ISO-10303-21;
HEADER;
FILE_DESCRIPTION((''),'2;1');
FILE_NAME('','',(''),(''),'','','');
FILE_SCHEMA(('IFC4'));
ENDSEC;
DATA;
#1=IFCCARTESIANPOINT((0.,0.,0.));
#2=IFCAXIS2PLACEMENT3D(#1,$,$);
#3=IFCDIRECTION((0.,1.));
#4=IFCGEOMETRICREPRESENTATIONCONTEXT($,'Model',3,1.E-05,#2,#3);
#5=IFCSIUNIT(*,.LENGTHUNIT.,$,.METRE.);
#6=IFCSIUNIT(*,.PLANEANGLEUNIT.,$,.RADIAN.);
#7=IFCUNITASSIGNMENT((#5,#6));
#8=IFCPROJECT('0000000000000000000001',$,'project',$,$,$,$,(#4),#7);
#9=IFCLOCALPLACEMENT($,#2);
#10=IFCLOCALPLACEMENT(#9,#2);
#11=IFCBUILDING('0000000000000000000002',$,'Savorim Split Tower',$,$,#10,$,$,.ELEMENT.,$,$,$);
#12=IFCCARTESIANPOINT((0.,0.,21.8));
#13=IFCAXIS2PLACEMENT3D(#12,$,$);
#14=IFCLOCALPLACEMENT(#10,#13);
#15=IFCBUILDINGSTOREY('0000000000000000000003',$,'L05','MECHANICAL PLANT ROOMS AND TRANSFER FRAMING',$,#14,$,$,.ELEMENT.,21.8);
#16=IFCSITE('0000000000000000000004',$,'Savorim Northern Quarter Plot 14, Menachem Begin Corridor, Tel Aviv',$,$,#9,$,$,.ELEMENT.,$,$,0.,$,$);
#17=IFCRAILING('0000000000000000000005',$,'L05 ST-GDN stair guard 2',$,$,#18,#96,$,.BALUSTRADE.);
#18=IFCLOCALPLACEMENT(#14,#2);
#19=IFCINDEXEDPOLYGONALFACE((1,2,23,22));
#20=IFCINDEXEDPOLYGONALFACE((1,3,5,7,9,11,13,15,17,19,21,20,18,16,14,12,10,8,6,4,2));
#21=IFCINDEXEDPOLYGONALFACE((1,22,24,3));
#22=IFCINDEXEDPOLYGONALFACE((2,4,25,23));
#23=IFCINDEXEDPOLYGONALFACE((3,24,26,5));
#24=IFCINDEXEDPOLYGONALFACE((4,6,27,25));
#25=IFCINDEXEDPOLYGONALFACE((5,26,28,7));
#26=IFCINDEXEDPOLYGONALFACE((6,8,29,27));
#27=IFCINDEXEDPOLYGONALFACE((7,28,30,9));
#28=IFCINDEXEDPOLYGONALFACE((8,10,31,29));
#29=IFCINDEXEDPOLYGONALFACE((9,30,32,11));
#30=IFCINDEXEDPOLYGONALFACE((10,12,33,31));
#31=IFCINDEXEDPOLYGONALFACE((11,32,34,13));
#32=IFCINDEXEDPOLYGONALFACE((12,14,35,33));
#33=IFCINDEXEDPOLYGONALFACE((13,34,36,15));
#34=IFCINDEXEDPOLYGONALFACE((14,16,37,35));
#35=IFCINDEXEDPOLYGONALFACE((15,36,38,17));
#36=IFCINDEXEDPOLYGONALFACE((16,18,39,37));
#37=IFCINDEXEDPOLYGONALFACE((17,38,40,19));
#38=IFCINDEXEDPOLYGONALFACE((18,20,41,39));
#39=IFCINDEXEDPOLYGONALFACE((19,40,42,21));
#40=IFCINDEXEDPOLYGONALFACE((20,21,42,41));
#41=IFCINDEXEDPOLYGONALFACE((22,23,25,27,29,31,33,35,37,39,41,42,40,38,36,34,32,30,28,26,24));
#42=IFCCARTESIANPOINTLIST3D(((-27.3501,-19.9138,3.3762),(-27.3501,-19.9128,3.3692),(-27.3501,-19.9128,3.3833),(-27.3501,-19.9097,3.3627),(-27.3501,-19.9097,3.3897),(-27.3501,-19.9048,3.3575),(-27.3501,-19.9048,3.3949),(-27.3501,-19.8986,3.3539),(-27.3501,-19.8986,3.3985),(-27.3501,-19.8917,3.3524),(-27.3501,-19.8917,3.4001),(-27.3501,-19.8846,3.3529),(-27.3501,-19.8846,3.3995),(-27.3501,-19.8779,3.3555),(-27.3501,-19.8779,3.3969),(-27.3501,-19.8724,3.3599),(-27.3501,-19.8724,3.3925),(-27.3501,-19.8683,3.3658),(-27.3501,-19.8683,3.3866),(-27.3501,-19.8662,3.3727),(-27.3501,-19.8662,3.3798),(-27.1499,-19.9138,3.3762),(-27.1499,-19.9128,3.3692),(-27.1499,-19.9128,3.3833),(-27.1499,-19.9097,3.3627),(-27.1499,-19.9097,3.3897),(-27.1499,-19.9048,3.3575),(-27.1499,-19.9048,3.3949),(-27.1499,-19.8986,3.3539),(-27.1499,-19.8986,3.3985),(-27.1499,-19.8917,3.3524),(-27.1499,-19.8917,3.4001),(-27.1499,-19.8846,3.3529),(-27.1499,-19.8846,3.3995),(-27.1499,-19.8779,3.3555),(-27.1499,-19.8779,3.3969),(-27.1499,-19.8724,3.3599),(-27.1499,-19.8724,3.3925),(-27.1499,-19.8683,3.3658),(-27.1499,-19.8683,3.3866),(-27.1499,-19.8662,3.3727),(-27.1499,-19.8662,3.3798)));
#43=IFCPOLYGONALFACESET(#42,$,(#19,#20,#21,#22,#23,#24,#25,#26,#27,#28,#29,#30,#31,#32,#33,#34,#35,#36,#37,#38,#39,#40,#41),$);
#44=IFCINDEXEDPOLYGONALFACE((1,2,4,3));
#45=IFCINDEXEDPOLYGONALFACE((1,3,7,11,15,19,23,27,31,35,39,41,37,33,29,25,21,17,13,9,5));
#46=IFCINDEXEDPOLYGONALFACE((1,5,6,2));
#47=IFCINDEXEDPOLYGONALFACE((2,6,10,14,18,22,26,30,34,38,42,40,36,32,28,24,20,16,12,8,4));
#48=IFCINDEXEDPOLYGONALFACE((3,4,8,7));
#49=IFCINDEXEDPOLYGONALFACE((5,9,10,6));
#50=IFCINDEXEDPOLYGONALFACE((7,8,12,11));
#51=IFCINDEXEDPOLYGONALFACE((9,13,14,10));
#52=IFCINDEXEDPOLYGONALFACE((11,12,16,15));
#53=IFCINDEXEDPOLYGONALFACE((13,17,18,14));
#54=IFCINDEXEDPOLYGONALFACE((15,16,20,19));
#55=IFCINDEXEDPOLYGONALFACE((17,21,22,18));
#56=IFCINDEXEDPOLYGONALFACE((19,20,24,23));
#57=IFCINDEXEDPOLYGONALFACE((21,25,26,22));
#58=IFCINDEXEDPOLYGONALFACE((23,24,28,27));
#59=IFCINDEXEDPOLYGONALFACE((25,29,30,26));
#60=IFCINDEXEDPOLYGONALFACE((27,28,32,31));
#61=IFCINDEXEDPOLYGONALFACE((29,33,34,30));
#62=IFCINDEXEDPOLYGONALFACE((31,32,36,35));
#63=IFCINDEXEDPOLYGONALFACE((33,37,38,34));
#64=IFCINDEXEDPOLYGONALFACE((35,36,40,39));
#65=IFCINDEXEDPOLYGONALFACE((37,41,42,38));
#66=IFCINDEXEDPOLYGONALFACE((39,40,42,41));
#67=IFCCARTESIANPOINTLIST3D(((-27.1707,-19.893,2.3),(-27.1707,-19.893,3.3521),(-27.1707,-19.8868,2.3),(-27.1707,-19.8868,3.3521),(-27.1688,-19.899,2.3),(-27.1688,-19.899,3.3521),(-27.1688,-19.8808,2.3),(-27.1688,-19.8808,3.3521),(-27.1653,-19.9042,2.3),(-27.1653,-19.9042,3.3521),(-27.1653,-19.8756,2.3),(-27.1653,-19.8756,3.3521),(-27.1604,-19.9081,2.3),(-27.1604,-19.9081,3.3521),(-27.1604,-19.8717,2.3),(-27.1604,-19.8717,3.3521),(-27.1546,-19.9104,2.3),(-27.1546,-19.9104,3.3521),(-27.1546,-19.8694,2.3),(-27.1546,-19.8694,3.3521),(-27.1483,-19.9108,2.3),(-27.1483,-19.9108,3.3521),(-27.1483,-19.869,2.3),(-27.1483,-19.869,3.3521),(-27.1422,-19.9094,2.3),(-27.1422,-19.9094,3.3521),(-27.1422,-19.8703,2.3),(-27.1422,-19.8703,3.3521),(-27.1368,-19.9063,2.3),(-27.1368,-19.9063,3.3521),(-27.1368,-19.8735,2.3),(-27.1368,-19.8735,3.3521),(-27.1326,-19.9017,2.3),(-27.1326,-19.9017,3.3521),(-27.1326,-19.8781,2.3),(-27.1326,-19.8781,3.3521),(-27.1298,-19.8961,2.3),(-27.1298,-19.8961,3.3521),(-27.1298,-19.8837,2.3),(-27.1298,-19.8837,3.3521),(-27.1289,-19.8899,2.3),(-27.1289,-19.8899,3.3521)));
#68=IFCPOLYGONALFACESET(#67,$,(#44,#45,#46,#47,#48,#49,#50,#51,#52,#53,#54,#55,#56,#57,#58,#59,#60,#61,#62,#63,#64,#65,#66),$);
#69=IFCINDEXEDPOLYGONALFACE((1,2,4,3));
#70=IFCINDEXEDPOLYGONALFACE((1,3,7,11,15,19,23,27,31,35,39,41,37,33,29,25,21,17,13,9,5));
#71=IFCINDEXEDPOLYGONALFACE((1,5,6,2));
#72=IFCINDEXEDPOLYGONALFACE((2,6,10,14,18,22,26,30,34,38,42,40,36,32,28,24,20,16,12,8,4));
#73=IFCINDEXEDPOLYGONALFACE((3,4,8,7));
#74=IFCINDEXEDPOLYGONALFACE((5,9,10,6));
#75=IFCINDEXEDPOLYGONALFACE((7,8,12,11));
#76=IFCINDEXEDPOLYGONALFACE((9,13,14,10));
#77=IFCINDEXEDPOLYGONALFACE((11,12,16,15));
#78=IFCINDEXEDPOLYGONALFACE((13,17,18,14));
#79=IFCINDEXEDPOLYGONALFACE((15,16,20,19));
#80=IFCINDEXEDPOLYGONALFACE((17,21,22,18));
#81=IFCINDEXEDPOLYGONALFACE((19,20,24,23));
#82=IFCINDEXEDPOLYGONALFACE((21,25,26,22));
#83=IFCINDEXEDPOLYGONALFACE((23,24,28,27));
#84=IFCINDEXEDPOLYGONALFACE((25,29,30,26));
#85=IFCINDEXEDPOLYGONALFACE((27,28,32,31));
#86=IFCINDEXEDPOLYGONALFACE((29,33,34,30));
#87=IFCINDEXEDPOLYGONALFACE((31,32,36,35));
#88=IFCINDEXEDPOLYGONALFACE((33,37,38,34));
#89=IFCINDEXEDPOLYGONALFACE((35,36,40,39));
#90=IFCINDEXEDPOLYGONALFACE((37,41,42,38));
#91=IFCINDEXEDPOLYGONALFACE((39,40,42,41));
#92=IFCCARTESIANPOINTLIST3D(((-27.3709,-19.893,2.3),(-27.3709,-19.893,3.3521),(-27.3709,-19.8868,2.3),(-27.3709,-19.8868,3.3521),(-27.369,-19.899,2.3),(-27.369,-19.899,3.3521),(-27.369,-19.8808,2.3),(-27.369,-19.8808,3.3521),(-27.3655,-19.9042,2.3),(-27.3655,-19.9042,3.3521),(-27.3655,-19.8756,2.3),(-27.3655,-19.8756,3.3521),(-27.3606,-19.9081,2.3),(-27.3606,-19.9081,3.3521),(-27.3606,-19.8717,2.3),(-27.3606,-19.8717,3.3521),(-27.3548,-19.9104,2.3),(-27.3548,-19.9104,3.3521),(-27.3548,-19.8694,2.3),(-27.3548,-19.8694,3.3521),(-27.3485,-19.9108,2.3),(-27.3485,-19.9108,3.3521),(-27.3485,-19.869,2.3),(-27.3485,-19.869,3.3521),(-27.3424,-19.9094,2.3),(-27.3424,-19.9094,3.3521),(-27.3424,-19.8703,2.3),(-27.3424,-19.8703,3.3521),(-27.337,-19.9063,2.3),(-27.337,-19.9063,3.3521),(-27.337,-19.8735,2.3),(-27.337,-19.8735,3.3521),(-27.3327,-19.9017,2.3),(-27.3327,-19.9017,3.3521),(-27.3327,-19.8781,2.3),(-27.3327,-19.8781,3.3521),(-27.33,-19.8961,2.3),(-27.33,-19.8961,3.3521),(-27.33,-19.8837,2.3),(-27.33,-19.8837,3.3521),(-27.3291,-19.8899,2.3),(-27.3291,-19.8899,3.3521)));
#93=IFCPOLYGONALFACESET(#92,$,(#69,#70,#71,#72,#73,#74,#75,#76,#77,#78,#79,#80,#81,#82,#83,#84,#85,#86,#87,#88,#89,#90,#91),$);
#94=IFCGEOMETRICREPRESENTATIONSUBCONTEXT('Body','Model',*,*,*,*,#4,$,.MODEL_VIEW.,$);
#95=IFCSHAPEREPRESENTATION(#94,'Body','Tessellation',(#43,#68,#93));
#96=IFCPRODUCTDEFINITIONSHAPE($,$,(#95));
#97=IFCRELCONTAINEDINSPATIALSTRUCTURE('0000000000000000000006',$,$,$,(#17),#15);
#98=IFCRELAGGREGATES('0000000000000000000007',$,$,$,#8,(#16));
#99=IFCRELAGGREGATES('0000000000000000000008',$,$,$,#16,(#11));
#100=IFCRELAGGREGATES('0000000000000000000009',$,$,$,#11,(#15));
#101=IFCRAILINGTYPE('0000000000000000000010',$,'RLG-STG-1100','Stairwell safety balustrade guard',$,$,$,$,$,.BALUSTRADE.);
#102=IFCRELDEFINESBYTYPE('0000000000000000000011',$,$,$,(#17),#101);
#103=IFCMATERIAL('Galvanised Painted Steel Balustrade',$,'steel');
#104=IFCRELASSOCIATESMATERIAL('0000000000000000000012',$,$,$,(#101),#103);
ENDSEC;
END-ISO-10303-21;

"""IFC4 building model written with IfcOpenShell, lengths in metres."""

from ifc_helpers import new_model, si_unit, direction, frame, origin, origin_2d, place, context, subcontext, project, spatial, circle, extrude, material, type_object, element, save


model = new_model("IFC4")

# Units and contexts
model_context = context("Model", 3, precision=1e-05, world=origin(), true_north=direction((0.0, 1.0)))
body_context = subcontext(model_context, "Body", "Model", "MODEL_VIEW")
ifc_project = project(units=[si_unit("LENGTHUNIT", "METRE"), si_unit("PLANEANGLEUNIT", "RADIAN")], contexts=[model_context])

# Site, building, storey
site_placement = place(None, origin())
site = spatial("IfcSite", under=ifc_project, at=site_placement, Name="Savorim Northern Quarter Plot 14, Menachem Begin Corridor, Tel Aviv", CompositionType="ELEMENT", RefElevation=0.0)
building_placement = place(site_placement, origin())
building = spatial("IfcBuilding", under=site, at=building_placement, Name="Savorim Split Tower", CompositionType="ELEMENT")
storey_placement = place(building_placement, frame((0.0, 0.0, 21.8)))
storey = spatial("IfcBuildingStorey", under=building, at=storey_placement, Name="L05", Description="MECHANICAL PLANT ROOMS AND TRANSFER FRAMING", CompositionType="ELEMENT", Elevation=21.8)

# Railing
ifc_material_1 = material(Name="Galvanised Painted Steel Balustrade", Category="steel")
railing_type_1 = type_object("IfcRailingType", Name="RLG-STG-1100", Description="Stairwell safety balustrade guard", PredefinedType="BALUSTRADE", material=ifc_material_1)
railing_1_placement = place(storey_placement, frame((-27.1499, -19.8899, 2.3)))
element("IfcRailing", 1, at=railing_1_placement, inside=storey, type_object=railing_type_1, Name="L05 ST-GDN stair guard 2", PredefinedType="BALUSTRADE", context=body_context, shape_type="SweptSolid", body=[
    extrude(circle(Radius=0.0239, at=origin_2d()), frame((0.0, 0.0, 1.0762), z_axis=(-1.0, 0.0, 0.0), x_axis=(0.0, -1.0, 0.0)), (0.0, 0.0, 1.0), 0.2002),
    extrude(circle(Radius=0.021, at=origin_2d()), origin(), (0.0, 0.0, 1.0), 1.052),
    extrude(circle(Radius=0.021, at=origin_2d()), frame((-0.2002, 0.0, 0.0)), (0.0, 0.0, 1.0), 1.052),
])

save(model, "model.ifc")
